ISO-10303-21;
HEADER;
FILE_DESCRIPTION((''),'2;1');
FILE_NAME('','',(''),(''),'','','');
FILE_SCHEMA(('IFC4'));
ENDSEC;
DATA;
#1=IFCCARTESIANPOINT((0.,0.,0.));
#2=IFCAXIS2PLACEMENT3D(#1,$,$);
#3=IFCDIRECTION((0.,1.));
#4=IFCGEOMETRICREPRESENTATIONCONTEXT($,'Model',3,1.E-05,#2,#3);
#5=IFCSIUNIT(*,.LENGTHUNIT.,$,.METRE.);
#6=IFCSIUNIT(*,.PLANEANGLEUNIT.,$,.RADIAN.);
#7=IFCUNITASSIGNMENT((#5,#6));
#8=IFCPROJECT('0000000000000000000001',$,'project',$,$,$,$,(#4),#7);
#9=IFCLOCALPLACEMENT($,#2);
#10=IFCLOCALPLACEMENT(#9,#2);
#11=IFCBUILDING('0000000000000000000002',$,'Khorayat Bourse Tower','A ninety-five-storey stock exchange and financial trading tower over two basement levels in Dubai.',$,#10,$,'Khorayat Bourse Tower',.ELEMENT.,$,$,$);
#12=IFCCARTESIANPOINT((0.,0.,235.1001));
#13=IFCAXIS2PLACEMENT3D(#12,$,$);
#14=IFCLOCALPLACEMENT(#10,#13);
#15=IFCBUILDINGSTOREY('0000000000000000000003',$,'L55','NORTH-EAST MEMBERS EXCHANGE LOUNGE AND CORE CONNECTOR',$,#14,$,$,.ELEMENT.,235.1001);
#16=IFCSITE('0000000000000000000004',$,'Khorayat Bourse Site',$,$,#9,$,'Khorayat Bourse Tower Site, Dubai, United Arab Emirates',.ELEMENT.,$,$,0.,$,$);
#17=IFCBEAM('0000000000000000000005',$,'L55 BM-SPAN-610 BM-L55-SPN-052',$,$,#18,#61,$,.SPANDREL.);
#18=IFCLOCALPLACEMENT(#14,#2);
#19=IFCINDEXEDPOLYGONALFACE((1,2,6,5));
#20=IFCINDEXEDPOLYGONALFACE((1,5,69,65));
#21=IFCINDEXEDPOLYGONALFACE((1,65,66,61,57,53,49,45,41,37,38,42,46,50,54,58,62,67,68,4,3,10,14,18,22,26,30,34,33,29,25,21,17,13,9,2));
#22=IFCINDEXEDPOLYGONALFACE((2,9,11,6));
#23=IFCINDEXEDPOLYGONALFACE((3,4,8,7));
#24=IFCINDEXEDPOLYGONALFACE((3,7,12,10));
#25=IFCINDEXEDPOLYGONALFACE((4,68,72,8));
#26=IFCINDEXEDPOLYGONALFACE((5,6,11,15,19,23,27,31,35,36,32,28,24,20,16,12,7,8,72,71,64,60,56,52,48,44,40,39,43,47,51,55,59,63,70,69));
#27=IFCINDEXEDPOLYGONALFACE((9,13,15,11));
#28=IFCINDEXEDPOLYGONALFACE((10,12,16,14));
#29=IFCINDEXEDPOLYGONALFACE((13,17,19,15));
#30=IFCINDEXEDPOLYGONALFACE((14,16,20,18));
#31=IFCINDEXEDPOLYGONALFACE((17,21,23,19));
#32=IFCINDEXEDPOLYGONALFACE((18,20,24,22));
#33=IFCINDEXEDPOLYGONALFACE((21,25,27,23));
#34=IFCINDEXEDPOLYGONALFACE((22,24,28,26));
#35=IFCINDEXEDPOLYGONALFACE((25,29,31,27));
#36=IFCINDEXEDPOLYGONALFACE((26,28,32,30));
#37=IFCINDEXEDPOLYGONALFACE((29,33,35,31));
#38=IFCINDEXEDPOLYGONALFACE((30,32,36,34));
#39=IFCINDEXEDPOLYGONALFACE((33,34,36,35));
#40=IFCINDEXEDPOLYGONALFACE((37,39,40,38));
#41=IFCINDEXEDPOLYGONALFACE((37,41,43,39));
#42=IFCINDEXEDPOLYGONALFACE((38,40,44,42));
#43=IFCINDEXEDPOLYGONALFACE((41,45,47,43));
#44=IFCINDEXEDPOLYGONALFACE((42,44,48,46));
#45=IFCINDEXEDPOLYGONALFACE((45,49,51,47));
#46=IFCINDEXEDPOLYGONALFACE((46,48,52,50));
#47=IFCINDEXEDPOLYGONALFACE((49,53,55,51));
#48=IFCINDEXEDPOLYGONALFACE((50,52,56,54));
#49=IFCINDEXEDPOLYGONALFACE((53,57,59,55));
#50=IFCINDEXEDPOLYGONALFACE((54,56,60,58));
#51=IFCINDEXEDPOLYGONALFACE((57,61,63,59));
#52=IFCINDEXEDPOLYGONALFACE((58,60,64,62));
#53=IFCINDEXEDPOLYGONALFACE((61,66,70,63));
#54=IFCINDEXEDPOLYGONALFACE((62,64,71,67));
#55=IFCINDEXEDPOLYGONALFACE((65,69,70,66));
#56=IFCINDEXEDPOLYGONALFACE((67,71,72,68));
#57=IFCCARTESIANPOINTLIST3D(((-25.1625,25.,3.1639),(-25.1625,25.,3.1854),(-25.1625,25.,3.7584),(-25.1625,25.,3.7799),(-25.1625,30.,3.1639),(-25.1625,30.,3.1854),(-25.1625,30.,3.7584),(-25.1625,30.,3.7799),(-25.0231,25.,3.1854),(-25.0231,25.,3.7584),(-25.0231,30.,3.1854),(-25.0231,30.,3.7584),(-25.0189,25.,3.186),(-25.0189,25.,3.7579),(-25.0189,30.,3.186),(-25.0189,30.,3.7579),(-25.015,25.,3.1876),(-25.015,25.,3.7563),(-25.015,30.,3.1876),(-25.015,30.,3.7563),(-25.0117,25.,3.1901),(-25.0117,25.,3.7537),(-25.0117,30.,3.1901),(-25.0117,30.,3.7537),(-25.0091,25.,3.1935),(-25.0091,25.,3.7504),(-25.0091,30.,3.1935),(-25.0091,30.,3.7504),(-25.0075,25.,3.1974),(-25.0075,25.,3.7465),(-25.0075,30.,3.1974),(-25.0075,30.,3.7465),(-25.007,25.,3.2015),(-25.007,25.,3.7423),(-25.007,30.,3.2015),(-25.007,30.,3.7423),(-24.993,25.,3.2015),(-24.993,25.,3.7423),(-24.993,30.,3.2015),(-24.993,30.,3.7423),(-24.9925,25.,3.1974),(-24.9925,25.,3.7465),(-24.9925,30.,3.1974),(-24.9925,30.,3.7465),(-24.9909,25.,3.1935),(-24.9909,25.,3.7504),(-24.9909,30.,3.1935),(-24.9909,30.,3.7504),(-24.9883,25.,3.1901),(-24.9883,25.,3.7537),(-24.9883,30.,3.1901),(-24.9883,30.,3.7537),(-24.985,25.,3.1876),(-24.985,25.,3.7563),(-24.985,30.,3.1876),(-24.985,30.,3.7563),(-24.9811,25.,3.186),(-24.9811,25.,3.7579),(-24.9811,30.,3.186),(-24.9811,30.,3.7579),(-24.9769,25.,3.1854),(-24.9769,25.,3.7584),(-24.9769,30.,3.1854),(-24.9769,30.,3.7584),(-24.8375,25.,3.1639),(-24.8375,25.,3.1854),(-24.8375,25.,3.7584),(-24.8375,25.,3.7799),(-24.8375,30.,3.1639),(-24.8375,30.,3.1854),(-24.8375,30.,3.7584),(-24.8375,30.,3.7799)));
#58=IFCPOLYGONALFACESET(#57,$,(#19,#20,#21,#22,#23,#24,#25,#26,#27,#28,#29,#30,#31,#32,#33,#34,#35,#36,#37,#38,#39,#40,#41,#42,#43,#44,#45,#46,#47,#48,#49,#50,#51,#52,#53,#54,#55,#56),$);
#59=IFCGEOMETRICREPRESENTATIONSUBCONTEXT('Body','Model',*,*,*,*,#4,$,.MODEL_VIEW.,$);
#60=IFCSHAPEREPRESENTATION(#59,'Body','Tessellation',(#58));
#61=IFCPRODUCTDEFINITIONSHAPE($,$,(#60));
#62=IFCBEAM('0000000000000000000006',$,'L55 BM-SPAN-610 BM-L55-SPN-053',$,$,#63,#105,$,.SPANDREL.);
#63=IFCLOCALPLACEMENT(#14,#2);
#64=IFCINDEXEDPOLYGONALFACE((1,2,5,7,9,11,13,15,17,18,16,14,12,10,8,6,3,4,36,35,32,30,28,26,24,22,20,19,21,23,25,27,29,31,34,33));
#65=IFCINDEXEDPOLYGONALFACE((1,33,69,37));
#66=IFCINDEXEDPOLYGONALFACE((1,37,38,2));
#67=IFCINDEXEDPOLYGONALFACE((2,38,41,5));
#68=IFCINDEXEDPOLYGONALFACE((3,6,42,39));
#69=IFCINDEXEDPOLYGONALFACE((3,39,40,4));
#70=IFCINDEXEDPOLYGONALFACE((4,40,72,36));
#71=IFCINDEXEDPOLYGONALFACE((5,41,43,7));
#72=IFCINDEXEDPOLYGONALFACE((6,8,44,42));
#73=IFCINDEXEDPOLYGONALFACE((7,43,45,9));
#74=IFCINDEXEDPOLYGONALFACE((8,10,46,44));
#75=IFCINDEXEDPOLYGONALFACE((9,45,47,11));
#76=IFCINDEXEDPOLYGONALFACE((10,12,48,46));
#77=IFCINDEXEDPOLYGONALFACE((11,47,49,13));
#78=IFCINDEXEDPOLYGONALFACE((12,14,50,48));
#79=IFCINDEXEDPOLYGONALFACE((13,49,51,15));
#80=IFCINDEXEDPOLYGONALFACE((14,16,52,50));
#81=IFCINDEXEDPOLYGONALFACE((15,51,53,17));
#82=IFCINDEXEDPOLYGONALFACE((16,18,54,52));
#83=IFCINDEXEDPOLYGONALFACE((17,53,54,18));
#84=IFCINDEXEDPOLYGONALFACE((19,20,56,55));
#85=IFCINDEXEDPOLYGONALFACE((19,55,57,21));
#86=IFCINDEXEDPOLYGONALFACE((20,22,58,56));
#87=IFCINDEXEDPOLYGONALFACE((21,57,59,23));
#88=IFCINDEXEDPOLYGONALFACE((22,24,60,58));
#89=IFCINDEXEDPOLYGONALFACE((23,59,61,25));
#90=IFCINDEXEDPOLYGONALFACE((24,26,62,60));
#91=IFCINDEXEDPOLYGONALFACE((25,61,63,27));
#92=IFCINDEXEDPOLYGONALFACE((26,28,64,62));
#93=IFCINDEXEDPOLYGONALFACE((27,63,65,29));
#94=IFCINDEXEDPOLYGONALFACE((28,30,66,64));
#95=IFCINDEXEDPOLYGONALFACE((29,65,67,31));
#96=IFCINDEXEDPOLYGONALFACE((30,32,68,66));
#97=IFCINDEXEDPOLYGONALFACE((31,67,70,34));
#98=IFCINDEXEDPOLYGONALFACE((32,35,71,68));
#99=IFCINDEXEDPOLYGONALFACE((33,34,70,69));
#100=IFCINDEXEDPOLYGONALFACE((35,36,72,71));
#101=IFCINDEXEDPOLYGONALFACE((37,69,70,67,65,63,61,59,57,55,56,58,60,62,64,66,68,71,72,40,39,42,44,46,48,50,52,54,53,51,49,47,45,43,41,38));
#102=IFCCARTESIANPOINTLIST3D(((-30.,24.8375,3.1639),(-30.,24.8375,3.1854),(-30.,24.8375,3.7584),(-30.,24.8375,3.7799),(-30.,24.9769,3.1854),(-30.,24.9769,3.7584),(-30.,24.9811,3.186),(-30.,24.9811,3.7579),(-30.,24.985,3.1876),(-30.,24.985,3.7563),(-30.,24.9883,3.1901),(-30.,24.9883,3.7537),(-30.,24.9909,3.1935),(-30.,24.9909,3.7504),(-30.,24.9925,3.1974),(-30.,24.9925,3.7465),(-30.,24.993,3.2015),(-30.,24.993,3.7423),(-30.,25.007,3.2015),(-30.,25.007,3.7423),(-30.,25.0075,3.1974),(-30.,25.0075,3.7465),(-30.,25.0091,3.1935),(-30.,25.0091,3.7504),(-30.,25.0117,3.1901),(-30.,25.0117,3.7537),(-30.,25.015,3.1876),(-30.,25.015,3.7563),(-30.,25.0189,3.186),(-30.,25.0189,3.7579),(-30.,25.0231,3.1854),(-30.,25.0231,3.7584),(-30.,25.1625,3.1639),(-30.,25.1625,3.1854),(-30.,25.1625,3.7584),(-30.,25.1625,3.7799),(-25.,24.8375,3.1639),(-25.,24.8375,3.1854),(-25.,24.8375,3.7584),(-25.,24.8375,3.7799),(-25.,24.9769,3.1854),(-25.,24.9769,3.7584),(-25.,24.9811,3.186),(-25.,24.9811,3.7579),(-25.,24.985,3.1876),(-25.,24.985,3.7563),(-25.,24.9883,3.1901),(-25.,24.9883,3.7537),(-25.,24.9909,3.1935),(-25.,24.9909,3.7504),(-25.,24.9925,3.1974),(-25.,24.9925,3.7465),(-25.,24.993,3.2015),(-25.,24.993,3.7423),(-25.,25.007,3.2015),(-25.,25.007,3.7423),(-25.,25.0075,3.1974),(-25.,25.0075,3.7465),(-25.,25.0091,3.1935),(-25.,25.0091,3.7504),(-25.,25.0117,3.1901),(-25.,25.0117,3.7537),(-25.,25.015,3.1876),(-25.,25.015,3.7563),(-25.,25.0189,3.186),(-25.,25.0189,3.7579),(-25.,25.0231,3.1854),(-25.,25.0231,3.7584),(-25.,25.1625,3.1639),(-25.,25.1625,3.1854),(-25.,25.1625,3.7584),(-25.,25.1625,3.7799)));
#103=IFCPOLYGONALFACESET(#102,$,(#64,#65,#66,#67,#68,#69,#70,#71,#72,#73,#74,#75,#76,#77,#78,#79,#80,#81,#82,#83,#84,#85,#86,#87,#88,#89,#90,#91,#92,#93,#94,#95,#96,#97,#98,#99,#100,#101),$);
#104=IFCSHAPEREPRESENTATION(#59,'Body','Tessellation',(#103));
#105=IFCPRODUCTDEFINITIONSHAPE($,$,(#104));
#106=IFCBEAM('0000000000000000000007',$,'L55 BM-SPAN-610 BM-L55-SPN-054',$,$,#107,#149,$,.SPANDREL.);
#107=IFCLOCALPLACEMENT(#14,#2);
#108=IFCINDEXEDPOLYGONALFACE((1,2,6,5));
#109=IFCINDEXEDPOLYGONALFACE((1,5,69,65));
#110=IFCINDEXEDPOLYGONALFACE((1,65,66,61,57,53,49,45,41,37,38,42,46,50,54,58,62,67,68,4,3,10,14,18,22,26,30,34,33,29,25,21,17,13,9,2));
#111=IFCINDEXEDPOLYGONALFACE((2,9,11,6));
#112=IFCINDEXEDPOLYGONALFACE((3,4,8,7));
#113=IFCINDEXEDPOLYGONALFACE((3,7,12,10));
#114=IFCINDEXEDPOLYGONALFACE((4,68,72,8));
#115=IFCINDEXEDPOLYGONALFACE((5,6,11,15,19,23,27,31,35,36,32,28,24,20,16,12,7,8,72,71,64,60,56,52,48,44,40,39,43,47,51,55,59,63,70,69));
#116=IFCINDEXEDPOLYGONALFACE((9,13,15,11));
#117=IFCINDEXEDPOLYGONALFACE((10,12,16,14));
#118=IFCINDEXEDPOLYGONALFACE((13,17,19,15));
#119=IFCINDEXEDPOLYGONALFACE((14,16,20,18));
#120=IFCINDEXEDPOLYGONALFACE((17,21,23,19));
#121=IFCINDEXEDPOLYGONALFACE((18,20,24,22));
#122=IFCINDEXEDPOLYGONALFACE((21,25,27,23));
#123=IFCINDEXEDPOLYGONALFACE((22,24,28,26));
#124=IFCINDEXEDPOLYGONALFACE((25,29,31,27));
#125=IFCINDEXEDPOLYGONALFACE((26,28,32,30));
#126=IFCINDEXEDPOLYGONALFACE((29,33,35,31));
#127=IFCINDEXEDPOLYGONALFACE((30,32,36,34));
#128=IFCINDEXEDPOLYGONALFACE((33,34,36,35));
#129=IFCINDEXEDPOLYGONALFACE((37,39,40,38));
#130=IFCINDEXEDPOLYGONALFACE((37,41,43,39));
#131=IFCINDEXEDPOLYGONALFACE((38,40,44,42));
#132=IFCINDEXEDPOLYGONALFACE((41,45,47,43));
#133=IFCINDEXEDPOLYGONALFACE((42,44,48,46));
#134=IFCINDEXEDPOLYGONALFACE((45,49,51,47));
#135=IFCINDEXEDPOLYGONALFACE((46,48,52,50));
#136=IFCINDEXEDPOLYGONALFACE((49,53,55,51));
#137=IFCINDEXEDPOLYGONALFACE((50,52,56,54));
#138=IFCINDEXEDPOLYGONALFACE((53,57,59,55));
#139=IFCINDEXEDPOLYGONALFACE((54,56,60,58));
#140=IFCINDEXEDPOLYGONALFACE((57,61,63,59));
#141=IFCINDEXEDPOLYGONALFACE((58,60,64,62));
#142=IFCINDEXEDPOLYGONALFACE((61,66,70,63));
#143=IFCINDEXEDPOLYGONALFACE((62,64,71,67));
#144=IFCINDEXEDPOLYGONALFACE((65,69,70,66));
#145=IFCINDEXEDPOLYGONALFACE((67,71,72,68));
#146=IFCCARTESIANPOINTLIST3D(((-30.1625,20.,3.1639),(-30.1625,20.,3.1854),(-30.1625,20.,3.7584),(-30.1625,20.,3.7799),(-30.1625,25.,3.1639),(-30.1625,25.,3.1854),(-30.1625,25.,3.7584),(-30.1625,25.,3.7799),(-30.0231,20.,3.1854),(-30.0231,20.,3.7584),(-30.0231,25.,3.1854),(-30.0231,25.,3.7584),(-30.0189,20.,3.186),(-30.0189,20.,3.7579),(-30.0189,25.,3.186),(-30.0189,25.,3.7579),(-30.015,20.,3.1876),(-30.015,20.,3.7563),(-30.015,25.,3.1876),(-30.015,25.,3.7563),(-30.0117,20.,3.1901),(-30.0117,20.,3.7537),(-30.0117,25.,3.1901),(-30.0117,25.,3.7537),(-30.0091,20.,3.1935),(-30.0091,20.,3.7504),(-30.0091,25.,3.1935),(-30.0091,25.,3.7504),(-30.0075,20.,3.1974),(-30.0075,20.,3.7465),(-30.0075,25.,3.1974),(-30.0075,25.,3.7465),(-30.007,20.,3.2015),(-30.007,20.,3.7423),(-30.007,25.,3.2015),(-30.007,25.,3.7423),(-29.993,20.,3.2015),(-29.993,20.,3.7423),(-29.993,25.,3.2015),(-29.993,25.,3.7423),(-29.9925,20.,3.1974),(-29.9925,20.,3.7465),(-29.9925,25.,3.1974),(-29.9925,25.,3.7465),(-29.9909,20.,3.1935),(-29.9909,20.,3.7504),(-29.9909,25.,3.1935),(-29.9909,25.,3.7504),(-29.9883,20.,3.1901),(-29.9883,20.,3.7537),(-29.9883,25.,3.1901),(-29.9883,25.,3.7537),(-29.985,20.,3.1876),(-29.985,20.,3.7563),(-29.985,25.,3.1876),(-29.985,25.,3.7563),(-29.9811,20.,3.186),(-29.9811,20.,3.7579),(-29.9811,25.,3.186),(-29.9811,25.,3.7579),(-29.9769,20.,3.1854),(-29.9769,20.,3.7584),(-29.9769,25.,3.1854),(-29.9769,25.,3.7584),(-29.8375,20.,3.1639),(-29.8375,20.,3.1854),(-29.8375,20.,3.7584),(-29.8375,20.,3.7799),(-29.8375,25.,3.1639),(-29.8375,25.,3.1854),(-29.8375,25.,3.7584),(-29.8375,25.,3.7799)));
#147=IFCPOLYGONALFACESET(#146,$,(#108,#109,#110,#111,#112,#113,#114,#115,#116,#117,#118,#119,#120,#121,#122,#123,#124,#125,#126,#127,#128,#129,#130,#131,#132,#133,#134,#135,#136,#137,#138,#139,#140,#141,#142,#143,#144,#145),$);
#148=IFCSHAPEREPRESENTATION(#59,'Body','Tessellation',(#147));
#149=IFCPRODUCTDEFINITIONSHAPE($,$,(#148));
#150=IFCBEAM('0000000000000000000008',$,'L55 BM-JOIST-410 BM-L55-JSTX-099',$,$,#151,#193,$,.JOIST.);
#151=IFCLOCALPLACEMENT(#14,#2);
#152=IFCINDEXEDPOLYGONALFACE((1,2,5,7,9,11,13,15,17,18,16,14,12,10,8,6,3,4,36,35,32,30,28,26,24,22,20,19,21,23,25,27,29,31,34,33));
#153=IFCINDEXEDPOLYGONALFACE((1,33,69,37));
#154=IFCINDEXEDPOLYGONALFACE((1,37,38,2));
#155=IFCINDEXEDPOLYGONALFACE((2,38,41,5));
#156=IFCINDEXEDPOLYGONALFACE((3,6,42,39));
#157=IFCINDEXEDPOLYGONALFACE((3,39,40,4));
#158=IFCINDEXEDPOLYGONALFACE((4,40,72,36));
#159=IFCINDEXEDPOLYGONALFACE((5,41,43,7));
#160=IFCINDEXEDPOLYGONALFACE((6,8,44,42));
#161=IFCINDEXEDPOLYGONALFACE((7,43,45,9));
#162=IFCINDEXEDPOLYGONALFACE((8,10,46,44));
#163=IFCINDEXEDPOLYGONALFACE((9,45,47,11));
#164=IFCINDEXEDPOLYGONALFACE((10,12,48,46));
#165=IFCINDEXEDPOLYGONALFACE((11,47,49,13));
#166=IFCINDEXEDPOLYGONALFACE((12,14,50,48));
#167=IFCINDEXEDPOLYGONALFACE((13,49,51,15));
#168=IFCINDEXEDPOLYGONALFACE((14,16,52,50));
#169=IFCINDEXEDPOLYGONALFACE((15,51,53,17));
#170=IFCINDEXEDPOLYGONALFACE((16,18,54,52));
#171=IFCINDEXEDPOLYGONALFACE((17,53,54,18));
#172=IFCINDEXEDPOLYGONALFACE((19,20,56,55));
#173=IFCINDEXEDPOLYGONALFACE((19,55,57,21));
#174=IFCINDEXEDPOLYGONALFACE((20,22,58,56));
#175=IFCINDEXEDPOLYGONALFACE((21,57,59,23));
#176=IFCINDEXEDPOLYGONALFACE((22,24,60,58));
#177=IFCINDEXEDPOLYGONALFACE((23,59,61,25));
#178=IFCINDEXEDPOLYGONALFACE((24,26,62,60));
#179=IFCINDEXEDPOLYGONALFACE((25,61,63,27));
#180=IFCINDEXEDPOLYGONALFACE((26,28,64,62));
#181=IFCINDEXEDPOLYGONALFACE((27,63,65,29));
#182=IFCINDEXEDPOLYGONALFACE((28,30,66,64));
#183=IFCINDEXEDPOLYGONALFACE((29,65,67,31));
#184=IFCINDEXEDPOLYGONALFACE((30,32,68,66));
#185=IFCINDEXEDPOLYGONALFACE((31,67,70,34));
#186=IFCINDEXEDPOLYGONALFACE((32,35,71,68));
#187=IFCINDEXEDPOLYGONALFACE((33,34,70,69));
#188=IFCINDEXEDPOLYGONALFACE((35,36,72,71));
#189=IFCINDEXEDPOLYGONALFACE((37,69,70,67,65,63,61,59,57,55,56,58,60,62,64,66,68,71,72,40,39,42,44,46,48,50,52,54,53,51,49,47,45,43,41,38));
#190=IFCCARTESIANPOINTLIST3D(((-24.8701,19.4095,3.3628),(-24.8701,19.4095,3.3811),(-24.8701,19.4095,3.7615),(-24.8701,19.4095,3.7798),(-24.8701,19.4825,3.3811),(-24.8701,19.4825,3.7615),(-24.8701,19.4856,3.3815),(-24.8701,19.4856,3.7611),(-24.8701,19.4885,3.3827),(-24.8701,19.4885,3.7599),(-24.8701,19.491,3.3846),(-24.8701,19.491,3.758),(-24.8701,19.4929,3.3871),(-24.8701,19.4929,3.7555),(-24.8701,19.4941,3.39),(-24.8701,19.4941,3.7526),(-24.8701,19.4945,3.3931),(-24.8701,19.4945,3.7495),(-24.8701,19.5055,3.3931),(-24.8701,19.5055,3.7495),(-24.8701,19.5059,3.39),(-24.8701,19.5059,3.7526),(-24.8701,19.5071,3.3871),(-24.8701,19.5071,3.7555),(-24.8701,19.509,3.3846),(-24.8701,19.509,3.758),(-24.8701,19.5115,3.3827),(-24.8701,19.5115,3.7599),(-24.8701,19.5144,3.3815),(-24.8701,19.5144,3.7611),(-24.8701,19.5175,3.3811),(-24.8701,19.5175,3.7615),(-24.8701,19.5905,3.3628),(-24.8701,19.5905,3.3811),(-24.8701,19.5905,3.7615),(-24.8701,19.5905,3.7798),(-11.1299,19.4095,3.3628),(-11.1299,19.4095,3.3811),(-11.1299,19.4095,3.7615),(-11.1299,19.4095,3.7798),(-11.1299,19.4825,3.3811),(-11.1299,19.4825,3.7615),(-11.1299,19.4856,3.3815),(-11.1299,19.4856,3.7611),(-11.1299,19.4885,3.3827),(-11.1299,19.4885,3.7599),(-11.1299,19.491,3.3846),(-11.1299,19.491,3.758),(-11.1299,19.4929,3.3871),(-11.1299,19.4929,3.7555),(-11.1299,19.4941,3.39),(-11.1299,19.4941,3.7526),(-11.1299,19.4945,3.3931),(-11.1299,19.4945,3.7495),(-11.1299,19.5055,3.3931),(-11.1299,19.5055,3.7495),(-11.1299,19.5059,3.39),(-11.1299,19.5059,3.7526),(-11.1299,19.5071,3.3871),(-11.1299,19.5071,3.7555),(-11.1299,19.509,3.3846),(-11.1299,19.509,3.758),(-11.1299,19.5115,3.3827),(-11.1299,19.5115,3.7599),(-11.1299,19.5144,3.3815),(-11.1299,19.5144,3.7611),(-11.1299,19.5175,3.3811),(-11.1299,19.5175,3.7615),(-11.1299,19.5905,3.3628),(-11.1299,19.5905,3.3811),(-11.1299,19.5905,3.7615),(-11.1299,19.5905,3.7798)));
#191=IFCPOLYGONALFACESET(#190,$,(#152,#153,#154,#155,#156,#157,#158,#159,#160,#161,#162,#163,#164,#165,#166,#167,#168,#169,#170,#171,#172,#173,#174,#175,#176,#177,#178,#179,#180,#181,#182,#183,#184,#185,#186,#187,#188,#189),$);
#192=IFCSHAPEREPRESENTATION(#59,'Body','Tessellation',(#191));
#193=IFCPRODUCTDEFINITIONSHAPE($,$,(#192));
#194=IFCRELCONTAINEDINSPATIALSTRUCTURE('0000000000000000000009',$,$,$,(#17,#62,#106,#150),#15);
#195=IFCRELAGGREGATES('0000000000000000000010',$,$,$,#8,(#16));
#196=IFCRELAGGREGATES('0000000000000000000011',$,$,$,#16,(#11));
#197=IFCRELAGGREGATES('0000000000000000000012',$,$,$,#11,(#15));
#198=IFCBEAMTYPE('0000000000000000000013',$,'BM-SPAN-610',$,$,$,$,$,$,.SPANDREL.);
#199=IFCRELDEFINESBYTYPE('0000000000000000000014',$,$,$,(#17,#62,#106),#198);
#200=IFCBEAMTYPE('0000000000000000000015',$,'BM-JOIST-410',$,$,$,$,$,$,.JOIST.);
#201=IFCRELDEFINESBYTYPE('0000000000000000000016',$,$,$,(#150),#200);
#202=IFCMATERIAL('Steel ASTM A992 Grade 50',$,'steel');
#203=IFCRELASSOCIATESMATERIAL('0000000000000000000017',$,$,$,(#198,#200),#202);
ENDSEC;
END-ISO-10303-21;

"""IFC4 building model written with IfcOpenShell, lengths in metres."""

from ifc_helpers import new_model, si_unit, direction, frame, origin, origin_2d, place, context, subcontext, project, spatial, i_section, extrude, source, transform, mapped, material, material_profile, profile_set, type_object, element, save


model = new_model("IFC4")

# Units and contexts
model_context = context("Model", 3, precision=1e-05, world=origin(), true_north=direction((0.0, 1.0)))
body_context = subcontext(model_context, "Body", "Model", "MODEL_VIEW")
ifc_project = project(units=[si_unit("LENGTHUNIT", "METRE"), si_unit("PLANEANGLEUNIT", "RADIAN")], contexts=[model_context])

# Site, building, storey
site_placement = place(None, origin())
site = spatial("IfcSite", under=ifc_project, at=site_placement, Name="Khorayat Bourse Site", LongName="Khorayat Bourse Tower Site, Dubai, United Arab Emirates", CompositionType="ELEMENT", RefElevation=0.0)
building_placement = place(site_placement, origin())
building = spatial("IfcBuilding", under=site, at=building_placement, Name="Khorayat Bourse Tower", Description="A ninety-five-storey stock exchange and financial trading tower over two basement levels in Dubai.", LongName="Khorayat Bourse Tower", CompositionType="ELEMENT")
storey_placement = place(building_placement, frame((0.0, 0.0, 235.1001)))
storey = spatial("IfcBuildingStorey", under=building, at=storey_placement, Name="L55", Description="NORTH-EAST MEMBERS EXCHANGE LOUNGE AND CORE CONNECTOR", CompositionType="ELEMENT", Elevation=235.1001)

# Beams
ifc_material_1 = material(Name="Steel ASTM A992 Grade 50", Category="steel")
ifc_material_profile_1 = material_profile(ifc_material_1, i_section(OverallWidth=0.325, OverallDepth=0.616, WebThickness=0.0139, FlangeThickness=0.0215, FilletRadius=0.0161, at=origin_2d()), Name="W610X174")
ifc_profile_set_1 = profile_set([ifc_material_profile_1], Name="Steel ASTM A992 Grade 50")
beam_type_1 = type_object("IfcBeamType", Name="BM-SPAN-610", PredefinedType="SPANDREL", material=ifc_profile_set_1)
shared_shape_1 = source(origin(), body_context, "Body", "SweptSolid", [
    extrude(i_section(OverallWidth=0.325, OverallDepth=0.616, WebThickness=0.0139, FlangeThickness=0.0215, FilletRadius=0.0161, at=origin_2d()), origin(), (0.0, 0.0, 1.0), 5.0),
])
for number, where, z_axis, x_axis, name in (
    (1, (-25.0, 25.0, 3.4719), (0.0, 1.0, 0.0), (-1.0, 0.0, 0.0), "L55 BM-SPAN-610 BM-L55-SPN-052"),
    (2, (-30.0, 25.0, 3.4719), (1.0, 0.0, 0.0), (0.0, 1.0, 0.0), "L55 BM-SPAN-610 BM-L55-SPN-053"),
    (3, (-30.0, 20.0, 3.4719), (0.0, 1.0, 0.0), (-1.0, 0.0, 0.0), "L55 BM-SPAN-610 BM-L55-SPN-054"),
):
    element("IfcBeam", number, at=place(storey_placement, frame(where, z_axis=z_axis, x_axis=x_axis)), inside=storey, type_object=beam_type_1, Name=name, PredefinedType="SPANDREL", context=body_context, shape_type="MappedRepresentation", body=[
        mapped(shared_shape_1, transform((0.0, 0.0, 0.0), scale=1.0)),
    ])
ifc_material_profile_2 = material_profile(ifc_material_1, i_section(OverallWidth=0.1809, OverallDepth=0.417, WebThickness=0.011, FlangeThickness=0.0183, FilletRadius=0.012, at=origin_2d()), Name="W410X85")
ifc_profile_set_2 = profile_set([ifc_material_profile_2], Name="Steel ASTM A992 Grade 50")
beam_type_2 = type_object("IfcBeamType", Name="BM-JOIST-410", PredefinedType="JOIST", material=ifc_profile_set_2)
shared_shape_2 = source(origin(), body_context, "Body", "SweptSolid", [
    extrude(i_section(OverallWidth=0.1809, OverallDepth=0.417, WebThickness=0.011, FlangeThickness=0.0183, FilletRadius=0.012, at=origin_2d()), origin(), (0.0, 0.0, 1.0), 13.7402),
])
beam_1_placement = place(storey_placement, frame((-24.8701, 19.5, 3.5713), z_axis=(1.0, 0.0, 0.0), x_axis=(0.0, 1.0, 0.0)))
element("IfcBeam", 4, at=beam_1_placement, inside=storey, type_object=beam_type_2, Name="L55 BM-JOIST-410 BM-L55-JSTX-099", PredefinedType="JOIST", context=body_context, shape_type="MappedRepresentation", body=[
    mapped(shared_shape_2, transform((0.0, 0.0, 0.0), scale=1.0)),
])

save(model, "model.ifc")
